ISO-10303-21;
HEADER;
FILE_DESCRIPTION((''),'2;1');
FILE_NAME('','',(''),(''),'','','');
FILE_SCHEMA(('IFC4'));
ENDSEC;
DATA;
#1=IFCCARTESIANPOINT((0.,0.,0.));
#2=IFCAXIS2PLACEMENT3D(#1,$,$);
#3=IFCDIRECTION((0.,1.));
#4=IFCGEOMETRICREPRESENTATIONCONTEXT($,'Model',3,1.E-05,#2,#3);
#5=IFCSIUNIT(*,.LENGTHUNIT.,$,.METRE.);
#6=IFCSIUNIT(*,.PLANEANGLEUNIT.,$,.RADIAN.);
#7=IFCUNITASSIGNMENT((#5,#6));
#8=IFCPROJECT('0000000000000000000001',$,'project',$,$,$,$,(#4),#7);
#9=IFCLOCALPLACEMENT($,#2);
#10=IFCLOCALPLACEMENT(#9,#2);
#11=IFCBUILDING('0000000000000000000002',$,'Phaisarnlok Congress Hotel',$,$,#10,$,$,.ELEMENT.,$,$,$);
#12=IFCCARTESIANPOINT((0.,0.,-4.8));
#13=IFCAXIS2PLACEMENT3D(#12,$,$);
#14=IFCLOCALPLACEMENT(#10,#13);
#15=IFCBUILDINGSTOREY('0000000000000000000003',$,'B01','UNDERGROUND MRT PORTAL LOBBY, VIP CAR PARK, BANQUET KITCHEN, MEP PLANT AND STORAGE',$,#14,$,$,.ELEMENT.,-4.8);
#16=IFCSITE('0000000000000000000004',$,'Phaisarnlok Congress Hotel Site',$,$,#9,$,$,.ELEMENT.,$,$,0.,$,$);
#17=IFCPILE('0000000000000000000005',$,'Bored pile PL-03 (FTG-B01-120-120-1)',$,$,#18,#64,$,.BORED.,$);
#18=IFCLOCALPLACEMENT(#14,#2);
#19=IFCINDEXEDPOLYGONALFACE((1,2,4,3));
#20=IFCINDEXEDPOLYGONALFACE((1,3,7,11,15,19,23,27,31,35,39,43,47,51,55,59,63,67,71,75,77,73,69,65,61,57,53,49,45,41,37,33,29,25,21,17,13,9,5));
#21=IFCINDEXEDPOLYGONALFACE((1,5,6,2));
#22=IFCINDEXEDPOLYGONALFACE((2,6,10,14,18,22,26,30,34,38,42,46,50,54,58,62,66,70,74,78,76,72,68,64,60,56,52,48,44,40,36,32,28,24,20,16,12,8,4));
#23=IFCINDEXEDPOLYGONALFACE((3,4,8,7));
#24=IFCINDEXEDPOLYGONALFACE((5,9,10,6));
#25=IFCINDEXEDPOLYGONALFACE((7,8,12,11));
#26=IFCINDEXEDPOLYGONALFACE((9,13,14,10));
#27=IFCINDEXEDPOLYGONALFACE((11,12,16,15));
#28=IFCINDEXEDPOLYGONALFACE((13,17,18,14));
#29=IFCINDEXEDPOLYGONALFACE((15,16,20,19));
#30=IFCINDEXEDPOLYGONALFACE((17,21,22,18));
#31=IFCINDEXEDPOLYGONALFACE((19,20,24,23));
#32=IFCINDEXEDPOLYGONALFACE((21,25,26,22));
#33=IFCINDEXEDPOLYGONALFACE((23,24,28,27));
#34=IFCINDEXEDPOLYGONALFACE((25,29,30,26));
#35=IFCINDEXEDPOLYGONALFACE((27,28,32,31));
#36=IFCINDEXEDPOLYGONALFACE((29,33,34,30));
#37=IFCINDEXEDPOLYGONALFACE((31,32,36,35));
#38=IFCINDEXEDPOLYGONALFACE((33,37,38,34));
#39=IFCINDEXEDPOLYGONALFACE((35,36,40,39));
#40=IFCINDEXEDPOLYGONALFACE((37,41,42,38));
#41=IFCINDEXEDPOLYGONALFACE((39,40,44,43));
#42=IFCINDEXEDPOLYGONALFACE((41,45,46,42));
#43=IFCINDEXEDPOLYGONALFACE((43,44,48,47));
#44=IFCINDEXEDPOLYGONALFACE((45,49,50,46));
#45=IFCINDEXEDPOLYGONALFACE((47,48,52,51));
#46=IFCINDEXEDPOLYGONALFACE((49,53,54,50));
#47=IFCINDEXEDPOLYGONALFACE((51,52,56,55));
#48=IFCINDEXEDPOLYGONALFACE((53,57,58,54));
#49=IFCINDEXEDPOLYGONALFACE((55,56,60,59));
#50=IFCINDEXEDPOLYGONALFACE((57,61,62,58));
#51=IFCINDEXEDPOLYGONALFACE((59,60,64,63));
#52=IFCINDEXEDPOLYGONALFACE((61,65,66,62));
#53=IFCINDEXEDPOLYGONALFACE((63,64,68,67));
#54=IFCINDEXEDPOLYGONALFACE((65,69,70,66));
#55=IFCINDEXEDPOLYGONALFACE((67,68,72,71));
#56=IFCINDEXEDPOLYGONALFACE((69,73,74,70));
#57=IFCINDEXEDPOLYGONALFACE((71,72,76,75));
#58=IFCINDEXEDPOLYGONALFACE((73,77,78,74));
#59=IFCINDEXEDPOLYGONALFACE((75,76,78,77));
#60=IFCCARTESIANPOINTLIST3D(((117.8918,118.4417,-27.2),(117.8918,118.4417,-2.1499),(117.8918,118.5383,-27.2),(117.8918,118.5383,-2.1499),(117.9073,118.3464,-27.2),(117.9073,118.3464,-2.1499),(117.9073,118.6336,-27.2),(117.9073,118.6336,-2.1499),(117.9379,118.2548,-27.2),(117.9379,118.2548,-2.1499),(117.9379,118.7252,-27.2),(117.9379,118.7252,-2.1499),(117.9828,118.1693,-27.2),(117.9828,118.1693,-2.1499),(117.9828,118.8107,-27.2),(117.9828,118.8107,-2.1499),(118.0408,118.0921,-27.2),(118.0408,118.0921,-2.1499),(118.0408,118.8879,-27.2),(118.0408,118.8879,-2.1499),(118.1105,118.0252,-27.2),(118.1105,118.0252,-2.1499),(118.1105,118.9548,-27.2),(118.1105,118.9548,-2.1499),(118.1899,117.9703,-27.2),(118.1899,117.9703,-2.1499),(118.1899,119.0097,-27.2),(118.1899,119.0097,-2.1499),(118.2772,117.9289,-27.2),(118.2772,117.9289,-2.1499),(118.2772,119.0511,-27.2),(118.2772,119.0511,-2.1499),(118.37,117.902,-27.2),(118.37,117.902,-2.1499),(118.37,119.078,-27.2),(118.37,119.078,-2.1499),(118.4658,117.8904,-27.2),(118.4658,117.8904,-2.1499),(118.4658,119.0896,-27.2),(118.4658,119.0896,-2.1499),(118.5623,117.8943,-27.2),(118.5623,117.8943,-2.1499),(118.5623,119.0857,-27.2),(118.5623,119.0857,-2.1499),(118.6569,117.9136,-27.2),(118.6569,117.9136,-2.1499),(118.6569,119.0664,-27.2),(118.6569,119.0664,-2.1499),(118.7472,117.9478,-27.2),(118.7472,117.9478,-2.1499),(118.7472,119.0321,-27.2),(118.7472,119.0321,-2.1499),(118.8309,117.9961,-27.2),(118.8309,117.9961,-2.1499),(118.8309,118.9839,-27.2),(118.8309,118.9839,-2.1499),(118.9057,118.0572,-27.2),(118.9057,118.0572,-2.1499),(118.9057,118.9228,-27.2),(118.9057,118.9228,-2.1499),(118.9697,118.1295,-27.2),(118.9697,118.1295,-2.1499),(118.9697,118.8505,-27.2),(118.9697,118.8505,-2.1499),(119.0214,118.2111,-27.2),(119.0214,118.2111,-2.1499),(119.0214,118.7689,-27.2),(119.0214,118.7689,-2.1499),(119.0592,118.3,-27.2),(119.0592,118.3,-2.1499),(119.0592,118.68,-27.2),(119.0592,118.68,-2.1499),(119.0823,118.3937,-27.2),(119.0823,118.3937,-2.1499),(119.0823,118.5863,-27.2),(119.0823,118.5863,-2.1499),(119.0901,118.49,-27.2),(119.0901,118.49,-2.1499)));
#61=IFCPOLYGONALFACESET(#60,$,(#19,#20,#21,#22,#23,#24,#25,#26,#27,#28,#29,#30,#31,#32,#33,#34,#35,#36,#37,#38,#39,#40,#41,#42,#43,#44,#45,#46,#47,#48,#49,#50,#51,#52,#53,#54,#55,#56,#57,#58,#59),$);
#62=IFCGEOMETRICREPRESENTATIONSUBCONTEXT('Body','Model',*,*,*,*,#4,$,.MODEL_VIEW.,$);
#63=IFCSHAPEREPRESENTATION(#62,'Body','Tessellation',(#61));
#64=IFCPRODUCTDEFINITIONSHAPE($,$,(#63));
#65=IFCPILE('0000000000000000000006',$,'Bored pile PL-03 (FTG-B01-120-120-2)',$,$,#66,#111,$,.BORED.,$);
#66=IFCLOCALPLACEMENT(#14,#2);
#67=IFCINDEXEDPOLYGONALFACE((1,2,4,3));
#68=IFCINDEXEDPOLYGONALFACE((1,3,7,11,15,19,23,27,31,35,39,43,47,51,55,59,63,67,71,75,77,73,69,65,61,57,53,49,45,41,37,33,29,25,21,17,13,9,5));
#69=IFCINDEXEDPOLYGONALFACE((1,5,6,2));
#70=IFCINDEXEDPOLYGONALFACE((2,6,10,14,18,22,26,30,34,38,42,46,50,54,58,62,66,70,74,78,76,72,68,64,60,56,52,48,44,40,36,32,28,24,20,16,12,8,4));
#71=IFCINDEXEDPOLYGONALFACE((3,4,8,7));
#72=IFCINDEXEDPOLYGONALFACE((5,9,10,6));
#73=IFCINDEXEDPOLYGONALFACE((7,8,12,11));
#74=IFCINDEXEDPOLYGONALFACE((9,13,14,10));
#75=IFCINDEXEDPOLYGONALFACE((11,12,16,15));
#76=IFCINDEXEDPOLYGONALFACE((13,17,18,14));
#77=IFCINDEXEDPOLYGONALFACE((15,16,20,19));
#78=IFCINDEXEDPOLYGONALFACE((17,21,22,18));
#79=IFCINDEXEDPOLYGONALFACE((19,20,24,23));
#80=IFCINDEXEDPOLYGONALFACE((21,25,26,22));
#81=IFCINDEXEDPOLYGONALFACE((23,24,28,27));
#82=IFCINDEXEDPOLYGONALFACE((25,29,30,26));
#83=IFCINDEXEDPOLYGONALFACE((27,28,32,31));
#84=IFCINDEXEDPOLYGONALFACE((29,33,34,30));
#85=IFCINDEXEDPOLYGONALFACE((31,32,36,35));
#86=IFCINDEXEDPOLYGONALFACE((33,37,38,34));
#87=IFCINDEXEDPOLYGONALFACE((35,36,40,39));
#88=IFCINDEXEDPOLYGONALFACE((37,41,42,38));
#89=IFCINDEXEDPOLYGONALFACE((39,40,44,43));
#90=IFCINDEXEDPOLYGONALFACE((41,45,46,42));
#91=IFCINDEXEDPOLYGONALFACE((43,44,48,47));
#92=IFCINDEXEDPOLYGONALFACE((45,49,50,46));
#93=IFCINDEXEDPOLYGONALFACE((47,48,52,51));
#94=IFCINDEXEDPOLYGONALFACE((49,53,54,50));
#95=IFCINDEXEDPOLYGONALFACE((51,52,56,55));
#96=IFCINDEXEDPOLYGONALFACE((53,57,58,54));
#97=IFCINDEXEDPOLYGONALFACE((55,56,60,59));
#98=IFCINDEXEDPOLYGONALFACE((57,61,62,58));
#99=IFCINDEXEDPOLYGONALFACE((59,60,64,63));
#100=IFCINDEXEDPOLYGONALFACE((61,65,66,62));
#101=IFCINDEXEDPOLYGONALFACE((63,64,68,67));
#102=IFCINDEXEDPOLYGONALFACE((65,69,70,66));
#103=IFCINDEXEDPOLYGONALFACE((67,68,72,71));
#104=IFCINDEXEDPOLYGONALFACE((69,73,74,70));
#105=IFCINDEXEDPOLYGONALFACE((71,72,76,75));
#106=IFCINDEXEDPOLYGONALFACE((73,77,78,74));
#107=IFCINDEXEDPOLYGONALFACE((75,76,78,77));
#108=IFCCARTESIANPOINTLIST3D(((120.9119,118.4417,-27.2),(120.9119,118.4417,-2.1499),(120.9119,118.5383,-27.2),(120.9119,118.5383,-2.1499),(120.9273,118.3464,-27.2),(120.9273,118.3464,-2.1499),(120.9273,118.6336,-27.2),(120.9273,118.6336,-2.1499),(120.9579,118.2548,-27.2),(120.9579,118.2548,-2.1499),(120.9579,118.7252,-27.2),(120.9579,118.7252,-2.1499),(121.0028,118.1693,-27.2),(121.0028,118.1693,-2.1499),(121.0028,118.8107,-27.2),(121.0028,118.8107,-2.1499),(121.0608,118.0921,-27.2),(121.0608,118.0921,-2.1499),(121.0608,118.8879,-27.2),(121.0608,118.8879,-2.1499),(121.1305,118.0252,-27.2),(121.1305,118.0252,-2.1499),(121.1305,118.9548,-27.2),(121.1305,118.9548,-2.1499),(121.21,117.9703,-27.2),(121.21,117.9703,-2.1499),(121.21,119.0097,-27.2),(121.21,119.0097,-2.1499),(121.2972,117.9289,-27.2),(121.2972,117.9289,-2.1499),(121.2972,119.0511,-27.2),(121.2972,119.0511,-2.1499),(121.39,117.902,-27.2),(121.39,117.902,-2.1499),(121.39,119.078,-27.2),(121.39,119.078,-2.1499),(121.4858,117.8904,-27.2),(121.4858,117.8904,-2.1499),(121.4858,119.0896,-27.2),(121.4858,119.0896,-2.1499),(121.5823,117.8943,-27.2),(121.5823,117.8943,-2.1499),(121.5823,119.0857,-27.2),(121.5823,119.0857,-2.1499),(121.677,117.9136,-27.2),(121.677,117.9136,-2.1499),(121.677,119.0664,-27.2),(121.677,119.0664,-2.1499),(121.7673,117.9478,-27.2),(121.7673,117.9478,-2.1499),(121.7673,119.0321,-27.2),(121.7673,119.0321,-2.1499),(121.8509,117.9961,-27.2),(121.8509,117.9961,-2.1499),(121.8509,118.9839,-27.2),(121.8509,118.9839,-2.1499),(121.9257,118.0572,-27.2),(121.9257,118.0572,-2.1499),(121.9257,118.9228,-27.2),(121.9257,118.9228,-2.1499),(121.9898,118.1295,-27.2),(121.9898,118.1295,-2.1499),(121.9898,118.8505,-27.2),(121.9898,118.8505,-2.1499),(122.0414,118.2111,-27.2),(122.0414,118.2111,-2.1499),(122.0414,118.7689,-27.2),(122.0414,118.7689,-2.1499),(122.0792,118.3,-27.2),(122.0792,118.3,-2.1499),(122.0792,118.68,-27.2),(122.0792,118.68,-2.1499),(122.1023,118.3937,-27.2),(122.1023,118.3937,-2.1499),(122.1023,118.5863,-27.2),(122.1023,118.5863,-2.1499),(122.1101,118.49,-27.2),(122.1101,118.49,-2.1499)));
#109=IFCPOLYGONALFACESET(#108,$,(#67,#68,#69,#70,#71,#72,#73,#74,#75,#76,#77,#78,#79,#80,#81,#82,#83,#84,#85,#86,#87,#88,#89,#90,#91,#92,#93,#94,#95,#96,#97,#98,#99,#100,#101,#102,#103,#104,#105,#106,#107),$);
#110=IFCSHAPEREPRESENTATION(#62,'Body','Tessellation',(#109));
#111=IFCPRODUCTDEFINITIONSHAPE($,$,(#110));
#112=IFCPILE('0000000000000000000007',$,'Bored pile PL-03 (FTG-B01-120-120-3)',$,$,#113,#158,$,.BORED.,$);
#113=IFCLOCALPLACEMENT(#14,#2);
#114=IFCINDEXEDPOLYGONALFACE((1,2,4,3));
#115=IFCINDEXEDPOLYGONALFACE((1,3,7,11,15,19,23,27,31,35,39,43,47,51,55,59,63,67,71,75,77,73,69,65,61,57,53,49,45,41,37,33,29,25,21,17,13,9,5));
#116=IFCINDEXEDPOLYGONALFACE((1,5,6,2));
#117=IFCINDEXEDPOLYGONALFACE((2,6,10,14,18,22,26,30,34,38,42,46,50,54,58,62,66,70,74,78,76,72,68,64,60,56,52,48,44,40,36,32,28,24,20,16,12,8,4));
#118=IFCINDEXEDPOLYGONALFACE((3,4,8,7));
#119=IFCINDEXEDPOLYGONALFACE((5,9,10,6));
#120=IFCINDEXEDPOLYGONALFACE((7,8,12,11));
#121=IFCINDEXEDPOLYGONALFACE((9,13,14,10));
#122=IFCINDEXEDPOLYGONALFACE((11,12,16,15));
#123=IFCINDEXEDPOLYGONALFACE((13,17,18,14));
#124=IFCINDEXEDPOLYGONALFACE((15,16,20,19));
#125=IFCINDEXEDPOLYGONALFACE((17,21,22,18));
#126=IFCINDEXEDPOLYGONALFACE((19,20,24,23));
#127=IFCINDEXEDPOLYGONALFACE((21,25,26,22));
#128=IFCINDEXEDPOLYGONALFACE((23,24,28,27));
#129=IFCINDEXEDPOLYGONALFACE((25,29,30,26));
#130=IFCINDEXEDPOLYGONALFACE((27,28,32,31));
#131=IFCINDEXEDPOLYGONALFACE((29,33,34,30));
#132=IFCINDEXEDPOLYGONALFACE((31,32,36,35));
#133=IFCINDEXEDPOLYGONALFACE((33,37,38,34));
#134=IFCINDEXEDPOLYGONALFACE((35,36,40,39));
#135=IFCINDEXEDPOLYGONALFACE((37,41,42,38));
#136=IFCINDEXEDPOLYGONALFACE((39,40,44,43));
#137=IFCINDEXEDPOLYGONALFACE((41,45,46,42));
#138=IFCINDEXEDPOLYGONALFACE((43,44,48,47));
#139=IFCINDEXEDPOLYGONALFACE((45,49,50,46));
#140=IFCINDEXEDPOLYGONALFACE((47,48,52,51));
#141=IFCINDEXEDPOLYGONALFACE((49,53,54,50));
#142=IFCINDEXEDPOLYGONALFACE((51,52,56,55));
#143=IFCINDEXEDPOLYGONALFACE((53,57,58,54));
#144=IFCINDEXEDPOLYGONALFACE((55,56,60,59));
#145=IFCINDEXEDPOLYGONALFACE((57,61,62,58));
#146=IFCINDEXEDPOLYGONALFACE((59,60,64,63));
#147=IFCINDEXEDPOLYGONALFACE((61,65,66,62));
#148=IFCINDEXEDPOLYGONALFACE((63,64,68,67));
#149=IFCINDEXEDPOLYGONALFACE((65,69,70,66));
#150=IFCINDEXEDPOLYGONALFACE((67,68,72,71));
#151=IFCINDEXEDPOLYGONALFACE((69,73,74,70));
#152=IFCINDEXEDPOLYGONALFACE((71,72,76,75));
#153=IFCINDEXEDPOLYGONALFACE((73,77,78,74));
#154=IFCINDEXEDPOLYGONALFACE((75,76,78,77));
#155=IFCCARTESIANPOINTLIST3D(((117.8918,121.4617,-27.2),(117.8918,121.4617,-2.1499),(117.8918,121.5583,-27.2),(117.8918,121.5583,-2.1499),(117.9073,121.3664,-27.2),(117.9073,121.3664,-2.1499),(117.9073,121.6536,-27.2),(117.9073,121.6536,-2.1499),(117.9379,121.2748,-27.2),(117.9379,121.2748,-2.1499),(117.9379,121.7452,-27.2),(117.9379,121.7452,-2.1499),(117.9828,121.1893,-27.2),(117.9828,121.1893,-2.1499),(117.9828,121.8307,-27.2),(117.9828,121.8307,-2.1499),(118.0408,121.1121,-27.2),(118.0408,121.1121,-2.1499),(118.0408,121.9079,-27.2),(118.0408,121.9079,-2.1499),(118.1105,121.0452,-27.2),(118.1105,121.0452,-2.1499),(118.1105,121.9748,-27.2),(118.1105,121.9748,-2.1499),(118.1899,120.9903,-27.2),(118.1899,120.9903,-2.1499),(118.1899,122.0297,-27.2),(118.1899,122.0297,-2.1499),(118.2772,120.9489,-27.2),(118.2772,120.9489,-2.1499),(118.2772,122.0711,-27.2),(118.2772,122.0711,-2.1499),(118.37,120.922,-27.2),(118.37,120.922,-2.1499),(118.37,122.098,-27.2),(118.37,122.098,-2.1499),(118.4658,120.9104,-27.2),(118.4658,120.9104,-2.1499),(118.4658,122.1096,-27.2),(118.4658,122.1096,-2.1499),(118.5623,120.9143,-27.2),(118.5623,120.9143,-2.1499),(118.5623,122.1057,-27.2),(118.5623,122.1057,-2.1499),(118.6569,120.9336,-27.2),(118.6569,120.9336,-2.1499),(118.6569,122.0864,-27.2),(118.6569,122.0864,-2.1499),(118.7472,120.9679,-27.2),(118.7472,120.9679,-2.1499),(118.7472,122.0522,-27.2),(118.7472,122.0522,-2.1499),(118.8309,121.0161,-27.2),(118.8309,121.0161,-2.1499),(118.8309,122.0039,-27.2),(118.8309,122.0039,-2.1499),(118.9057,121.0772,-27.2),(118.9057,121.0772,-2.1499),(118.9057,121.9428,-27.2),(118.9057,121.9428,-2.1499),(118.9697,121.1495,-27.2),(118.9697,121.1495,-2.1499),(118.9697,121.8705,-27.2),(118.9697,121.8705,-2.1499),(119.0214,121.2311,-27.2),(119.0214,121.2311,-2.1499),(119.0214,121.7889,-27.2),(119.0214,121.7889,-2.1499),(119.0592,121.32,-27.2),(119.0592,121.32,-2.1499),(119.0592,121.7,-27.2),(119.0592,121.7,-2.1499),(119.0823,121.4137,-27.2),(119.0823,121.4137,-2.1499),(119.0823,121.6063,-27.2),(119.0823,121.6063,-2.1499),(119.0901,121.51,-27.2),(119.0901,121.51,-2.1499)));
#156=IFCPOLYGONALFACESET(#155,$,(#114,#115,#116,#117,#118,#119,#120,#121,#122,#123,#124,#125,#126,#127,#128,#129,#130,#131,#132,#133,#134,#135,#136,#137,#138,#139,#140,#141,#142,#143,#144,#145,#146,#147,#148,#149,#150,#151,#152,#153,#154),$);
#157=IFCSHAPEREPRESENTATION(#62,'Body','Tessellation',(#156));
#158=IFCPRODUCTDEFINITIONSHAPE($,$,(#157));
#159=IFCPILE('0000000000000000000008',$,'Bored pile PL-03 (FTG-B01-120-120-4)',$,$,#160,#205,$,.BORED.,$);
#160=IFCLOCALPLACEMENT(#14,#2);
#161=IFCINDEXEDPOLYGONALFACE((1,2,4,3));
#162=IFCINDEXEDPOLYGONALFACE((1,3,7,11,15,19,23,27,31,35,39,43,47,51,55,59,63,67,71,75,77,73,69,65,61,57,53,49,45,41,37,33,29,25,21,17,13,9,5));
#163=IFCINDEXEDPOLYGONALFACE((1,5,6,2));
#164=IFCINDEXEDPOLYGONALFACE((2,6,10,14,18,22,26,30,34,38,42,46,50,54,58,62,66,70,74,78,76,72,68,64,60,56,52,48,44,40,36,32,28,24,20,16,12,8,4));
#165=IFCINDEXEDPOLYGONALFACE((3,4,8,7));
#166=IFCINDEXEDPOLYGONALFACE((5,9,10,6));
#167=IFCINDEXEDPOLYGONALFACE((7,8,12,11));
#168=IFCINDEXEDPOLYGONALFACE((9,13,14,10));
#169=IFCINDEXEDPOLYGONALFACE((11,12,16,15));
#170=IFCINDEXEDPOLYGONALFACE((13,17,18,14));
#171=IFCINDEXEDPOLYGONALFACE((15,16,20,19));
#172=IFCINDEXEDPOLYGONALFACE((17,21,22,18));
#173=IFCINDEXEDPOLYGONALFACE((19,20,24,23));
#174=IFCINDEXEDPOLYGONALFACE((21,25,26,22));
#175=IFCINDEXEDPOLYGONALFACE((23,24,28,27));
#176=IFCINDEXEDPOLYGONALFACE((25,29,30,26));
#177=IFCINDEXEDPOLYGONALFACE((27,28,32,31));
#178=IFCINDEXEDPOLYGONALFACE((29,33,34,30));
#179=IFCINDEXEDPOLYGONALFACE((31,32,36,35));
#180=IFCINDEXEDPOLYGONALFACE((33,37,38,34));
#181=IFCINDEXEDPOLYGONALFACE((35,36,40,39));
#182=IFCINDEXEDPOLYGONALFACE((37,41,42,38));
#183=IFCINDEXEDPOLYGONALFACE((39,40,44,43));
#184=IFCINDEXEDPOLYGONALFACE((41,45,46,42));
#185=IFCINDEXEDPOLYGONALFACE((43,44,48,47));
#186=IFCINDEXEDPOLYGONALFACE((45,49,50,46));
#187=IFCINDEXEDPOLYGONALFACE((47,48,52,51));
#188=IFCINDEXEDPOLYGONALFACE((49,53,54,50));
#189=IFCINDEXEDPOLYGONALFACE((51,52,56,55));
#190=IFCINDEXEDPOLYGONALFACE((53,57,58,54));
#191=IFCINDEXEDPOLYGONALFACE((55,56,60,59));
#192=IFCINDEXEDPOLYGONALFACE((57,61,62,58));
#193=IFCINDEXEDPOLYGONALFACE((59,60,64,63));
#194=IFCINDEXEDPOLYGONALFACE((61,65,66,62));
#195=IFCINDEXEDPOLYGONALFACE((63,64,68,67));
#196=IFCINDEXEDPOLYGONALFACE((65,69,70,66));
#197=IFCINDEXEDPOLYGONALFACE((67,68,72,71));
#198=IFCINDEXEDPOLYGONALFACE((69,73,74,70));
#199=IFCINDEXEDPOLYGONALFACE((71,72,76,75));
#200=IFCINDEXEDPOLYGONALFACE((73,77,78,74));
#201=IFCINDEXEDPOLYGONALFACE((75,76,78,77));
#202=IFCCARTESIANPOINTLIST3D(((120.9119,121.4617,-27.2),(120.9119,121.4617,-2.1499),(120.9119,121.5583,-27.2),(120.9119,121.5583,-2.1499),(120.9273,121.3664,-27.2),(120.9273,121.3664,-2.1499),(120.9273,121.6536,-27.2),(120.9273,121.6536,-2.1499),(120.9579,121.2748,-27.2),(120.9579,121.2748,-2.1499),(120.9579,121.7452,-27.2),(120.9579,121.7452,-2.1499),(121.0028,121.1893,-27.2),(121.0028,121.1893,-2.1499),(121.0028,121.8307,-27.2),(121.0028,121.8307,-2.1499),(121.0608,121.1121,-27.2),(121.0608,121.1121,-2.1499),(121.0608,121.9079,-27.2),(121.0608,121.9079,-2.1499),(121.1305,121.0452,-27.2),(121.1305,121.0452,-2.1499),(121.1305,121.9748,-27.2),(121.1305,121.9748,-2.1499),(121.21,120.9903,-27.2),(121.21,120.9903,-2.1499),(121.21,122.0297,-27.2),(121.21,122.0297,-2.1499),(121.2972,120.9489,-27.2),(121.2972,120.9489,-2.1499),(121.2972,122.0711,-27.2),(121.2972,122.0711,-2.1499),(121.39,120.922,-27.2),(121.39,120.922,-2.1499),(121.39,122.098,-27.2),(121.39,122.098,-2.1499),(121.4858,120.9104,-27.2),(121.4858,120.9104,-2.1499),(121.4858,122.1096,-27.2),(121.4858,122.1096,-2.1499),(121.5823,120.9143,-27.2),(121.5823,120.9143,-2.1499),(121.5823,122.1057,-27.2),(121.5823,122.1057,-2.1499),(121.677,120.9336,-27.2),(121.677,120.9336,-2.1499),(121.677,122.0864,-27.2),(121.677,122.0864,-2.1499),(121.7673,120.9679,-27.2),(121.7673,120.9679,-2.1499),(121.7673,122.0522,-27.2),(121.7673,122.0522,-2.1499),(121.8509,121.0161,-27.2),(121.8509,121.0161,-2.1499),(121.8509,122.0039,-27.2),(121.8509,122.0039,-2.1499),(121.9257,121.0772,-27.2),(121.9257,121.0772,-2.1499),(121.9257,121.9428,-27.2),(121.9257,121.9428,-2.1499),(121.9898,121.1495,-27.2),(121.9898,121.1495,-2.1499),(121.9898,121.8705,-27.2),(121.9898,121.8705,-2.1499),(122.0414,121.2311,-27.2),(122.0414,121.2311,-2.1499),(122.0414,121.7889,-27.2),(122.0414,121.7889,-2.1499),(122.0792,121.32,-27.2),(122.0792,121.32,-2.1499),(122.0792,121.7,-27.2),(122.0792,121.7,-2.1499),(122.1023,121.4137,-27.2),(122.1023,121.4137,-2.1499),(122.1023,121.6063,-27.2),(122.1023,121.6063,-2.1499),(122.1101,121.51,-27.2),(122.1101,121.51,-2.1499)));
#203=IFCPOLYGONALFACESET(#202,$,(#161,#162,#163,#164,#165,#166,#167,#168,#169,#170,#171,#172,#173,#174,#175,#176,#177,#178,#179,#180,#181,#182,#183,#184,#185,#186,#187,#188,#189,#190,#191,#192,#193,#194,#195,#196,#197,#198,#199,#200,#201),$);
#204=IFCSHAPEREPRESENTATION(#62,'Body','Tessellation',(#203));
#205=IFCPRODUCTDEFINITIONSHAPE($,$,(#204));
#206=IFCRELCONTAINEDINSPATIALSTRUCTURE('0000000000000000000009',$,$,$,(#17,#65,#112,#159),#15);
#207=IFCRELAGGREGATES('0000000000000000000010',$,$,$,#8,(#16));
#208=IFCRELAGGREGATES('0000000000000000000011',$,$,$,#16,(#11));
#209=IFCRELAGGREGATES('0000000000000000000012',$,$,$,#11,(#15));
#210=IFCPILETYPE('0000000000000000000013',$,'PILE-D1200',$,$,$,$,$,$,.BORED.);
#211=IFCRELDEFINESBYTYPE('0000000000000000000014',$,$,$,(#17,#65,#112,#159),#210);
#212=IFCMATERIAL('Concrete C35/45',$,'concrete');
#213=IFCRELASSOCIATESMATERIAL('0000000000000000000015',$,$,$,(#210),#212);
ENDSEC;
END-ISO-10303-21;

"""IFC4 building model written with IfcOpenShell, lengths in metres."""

from ifc_helpers import new_model, si_unit, direction, frame, origin, origin_2d, place, context, subcontext, project, spatial, circle, extrude, material, material_profile, profile_set, type_object, element, save


model = new_model("IFC4")

# Units and contexts
model_context = context("Model", 3, precision=1e-05, world=origin(), true_north=direction((0.0, 1.0)))
body_context = subcontext(model_context, "Body", "Model", "MODEL_VIEW")
ifc_project = project(units=[si_unit("LENGTHUNIT", "METRE"), si_unit("PLANEANGLEUNIT", "RADIAN")], contexts=[model_context])

# Site, building, storey
site_placement = place(None, origin())
site = spatial("IfcSite", under=ifc_project, at=site_placement, Name="Phaisarnlok Congress Hotel Site", CompositionType="ELEMENT", RefElevation=0.0)
building_placement = place(site_placement, origin())
building = spatial("IfcBuilding", under=site, at=building_placement, Name="Phaisarnlok Congress Hotel", CompositionType="ELEMENT")
storey_placement = place(building_placement, frame((0.0, 0.0, -4.8)))
storey = spatial("IfcBuildingStorey", under=building, at=storey_placement, Name="B01", Description="UNDERGROUND MRT PORTAL LOBBY, VIP CAR PARK, BANQUET KITCHEN, MEP PLANT AND STORAGE", CompositionType="ELEMENT", Elevation=-4.8)

# Piles
ifc_material_1 = material(Name="Concrete C35/45", Category="concrete")
ifc_material_profile_1 = material_profile(ifc_material_1, circle(Radius=0.6001, at=origin_2d()), Name="BORED PILE D1200")
ifc_profile_set_1 = profile_set([ifc_material_profile_1], Name="Concrete C35/45")
pile_type_1 = type_object("IfcPileType", Name="PILE-D1200", PredefinedType="BORED", material=ifc_profile_set_1)
for number, where, z_axis, x_axis, name in (
    (1, (118.49, 118.49, -2.1499), (0.0, 0.0, -1.0), (1.0, 0.0, 0.0), "Bored pile PL-03 (FTG-B01-120-120-1)"),
    (2, (121.51, 118.49, -2.1499), (0.0, 0.0, -1.0), (1.0, 0.0, 0.0), "Bored pile PL-03 (FTG-B01-120-120-2)"),
    (3, (118.49, 121.51, -2.1499), (0.0, 0.0, -1.0), (1.0, 0.0, 0.0), "Bored pile PL-03 (FTG-B01-120-120-3)"),
    (4, (121.51, 121.51, -2.1499), (0.0, 0.0, -1.0), (1.0, 0.0, 0.0), "Bored pile PL-03 (FTG-B01-120-120-4)"),
):
    element("IfcPile", number, at=place(storey_placement, frame(where, z_axis=z_axis, x_axis=x_axis)), inside=storey, type_object=pile_type_1, Name=name, PredefinedType="BORED", context=body_context, shape_type="SweptSolid", body=[
        extrude(circle(Radius=0.6001, at=origin_2d()), origin(), (0.0, 0.0, 1.0), 25.05),
    ])

save(model, "model.ifc")
